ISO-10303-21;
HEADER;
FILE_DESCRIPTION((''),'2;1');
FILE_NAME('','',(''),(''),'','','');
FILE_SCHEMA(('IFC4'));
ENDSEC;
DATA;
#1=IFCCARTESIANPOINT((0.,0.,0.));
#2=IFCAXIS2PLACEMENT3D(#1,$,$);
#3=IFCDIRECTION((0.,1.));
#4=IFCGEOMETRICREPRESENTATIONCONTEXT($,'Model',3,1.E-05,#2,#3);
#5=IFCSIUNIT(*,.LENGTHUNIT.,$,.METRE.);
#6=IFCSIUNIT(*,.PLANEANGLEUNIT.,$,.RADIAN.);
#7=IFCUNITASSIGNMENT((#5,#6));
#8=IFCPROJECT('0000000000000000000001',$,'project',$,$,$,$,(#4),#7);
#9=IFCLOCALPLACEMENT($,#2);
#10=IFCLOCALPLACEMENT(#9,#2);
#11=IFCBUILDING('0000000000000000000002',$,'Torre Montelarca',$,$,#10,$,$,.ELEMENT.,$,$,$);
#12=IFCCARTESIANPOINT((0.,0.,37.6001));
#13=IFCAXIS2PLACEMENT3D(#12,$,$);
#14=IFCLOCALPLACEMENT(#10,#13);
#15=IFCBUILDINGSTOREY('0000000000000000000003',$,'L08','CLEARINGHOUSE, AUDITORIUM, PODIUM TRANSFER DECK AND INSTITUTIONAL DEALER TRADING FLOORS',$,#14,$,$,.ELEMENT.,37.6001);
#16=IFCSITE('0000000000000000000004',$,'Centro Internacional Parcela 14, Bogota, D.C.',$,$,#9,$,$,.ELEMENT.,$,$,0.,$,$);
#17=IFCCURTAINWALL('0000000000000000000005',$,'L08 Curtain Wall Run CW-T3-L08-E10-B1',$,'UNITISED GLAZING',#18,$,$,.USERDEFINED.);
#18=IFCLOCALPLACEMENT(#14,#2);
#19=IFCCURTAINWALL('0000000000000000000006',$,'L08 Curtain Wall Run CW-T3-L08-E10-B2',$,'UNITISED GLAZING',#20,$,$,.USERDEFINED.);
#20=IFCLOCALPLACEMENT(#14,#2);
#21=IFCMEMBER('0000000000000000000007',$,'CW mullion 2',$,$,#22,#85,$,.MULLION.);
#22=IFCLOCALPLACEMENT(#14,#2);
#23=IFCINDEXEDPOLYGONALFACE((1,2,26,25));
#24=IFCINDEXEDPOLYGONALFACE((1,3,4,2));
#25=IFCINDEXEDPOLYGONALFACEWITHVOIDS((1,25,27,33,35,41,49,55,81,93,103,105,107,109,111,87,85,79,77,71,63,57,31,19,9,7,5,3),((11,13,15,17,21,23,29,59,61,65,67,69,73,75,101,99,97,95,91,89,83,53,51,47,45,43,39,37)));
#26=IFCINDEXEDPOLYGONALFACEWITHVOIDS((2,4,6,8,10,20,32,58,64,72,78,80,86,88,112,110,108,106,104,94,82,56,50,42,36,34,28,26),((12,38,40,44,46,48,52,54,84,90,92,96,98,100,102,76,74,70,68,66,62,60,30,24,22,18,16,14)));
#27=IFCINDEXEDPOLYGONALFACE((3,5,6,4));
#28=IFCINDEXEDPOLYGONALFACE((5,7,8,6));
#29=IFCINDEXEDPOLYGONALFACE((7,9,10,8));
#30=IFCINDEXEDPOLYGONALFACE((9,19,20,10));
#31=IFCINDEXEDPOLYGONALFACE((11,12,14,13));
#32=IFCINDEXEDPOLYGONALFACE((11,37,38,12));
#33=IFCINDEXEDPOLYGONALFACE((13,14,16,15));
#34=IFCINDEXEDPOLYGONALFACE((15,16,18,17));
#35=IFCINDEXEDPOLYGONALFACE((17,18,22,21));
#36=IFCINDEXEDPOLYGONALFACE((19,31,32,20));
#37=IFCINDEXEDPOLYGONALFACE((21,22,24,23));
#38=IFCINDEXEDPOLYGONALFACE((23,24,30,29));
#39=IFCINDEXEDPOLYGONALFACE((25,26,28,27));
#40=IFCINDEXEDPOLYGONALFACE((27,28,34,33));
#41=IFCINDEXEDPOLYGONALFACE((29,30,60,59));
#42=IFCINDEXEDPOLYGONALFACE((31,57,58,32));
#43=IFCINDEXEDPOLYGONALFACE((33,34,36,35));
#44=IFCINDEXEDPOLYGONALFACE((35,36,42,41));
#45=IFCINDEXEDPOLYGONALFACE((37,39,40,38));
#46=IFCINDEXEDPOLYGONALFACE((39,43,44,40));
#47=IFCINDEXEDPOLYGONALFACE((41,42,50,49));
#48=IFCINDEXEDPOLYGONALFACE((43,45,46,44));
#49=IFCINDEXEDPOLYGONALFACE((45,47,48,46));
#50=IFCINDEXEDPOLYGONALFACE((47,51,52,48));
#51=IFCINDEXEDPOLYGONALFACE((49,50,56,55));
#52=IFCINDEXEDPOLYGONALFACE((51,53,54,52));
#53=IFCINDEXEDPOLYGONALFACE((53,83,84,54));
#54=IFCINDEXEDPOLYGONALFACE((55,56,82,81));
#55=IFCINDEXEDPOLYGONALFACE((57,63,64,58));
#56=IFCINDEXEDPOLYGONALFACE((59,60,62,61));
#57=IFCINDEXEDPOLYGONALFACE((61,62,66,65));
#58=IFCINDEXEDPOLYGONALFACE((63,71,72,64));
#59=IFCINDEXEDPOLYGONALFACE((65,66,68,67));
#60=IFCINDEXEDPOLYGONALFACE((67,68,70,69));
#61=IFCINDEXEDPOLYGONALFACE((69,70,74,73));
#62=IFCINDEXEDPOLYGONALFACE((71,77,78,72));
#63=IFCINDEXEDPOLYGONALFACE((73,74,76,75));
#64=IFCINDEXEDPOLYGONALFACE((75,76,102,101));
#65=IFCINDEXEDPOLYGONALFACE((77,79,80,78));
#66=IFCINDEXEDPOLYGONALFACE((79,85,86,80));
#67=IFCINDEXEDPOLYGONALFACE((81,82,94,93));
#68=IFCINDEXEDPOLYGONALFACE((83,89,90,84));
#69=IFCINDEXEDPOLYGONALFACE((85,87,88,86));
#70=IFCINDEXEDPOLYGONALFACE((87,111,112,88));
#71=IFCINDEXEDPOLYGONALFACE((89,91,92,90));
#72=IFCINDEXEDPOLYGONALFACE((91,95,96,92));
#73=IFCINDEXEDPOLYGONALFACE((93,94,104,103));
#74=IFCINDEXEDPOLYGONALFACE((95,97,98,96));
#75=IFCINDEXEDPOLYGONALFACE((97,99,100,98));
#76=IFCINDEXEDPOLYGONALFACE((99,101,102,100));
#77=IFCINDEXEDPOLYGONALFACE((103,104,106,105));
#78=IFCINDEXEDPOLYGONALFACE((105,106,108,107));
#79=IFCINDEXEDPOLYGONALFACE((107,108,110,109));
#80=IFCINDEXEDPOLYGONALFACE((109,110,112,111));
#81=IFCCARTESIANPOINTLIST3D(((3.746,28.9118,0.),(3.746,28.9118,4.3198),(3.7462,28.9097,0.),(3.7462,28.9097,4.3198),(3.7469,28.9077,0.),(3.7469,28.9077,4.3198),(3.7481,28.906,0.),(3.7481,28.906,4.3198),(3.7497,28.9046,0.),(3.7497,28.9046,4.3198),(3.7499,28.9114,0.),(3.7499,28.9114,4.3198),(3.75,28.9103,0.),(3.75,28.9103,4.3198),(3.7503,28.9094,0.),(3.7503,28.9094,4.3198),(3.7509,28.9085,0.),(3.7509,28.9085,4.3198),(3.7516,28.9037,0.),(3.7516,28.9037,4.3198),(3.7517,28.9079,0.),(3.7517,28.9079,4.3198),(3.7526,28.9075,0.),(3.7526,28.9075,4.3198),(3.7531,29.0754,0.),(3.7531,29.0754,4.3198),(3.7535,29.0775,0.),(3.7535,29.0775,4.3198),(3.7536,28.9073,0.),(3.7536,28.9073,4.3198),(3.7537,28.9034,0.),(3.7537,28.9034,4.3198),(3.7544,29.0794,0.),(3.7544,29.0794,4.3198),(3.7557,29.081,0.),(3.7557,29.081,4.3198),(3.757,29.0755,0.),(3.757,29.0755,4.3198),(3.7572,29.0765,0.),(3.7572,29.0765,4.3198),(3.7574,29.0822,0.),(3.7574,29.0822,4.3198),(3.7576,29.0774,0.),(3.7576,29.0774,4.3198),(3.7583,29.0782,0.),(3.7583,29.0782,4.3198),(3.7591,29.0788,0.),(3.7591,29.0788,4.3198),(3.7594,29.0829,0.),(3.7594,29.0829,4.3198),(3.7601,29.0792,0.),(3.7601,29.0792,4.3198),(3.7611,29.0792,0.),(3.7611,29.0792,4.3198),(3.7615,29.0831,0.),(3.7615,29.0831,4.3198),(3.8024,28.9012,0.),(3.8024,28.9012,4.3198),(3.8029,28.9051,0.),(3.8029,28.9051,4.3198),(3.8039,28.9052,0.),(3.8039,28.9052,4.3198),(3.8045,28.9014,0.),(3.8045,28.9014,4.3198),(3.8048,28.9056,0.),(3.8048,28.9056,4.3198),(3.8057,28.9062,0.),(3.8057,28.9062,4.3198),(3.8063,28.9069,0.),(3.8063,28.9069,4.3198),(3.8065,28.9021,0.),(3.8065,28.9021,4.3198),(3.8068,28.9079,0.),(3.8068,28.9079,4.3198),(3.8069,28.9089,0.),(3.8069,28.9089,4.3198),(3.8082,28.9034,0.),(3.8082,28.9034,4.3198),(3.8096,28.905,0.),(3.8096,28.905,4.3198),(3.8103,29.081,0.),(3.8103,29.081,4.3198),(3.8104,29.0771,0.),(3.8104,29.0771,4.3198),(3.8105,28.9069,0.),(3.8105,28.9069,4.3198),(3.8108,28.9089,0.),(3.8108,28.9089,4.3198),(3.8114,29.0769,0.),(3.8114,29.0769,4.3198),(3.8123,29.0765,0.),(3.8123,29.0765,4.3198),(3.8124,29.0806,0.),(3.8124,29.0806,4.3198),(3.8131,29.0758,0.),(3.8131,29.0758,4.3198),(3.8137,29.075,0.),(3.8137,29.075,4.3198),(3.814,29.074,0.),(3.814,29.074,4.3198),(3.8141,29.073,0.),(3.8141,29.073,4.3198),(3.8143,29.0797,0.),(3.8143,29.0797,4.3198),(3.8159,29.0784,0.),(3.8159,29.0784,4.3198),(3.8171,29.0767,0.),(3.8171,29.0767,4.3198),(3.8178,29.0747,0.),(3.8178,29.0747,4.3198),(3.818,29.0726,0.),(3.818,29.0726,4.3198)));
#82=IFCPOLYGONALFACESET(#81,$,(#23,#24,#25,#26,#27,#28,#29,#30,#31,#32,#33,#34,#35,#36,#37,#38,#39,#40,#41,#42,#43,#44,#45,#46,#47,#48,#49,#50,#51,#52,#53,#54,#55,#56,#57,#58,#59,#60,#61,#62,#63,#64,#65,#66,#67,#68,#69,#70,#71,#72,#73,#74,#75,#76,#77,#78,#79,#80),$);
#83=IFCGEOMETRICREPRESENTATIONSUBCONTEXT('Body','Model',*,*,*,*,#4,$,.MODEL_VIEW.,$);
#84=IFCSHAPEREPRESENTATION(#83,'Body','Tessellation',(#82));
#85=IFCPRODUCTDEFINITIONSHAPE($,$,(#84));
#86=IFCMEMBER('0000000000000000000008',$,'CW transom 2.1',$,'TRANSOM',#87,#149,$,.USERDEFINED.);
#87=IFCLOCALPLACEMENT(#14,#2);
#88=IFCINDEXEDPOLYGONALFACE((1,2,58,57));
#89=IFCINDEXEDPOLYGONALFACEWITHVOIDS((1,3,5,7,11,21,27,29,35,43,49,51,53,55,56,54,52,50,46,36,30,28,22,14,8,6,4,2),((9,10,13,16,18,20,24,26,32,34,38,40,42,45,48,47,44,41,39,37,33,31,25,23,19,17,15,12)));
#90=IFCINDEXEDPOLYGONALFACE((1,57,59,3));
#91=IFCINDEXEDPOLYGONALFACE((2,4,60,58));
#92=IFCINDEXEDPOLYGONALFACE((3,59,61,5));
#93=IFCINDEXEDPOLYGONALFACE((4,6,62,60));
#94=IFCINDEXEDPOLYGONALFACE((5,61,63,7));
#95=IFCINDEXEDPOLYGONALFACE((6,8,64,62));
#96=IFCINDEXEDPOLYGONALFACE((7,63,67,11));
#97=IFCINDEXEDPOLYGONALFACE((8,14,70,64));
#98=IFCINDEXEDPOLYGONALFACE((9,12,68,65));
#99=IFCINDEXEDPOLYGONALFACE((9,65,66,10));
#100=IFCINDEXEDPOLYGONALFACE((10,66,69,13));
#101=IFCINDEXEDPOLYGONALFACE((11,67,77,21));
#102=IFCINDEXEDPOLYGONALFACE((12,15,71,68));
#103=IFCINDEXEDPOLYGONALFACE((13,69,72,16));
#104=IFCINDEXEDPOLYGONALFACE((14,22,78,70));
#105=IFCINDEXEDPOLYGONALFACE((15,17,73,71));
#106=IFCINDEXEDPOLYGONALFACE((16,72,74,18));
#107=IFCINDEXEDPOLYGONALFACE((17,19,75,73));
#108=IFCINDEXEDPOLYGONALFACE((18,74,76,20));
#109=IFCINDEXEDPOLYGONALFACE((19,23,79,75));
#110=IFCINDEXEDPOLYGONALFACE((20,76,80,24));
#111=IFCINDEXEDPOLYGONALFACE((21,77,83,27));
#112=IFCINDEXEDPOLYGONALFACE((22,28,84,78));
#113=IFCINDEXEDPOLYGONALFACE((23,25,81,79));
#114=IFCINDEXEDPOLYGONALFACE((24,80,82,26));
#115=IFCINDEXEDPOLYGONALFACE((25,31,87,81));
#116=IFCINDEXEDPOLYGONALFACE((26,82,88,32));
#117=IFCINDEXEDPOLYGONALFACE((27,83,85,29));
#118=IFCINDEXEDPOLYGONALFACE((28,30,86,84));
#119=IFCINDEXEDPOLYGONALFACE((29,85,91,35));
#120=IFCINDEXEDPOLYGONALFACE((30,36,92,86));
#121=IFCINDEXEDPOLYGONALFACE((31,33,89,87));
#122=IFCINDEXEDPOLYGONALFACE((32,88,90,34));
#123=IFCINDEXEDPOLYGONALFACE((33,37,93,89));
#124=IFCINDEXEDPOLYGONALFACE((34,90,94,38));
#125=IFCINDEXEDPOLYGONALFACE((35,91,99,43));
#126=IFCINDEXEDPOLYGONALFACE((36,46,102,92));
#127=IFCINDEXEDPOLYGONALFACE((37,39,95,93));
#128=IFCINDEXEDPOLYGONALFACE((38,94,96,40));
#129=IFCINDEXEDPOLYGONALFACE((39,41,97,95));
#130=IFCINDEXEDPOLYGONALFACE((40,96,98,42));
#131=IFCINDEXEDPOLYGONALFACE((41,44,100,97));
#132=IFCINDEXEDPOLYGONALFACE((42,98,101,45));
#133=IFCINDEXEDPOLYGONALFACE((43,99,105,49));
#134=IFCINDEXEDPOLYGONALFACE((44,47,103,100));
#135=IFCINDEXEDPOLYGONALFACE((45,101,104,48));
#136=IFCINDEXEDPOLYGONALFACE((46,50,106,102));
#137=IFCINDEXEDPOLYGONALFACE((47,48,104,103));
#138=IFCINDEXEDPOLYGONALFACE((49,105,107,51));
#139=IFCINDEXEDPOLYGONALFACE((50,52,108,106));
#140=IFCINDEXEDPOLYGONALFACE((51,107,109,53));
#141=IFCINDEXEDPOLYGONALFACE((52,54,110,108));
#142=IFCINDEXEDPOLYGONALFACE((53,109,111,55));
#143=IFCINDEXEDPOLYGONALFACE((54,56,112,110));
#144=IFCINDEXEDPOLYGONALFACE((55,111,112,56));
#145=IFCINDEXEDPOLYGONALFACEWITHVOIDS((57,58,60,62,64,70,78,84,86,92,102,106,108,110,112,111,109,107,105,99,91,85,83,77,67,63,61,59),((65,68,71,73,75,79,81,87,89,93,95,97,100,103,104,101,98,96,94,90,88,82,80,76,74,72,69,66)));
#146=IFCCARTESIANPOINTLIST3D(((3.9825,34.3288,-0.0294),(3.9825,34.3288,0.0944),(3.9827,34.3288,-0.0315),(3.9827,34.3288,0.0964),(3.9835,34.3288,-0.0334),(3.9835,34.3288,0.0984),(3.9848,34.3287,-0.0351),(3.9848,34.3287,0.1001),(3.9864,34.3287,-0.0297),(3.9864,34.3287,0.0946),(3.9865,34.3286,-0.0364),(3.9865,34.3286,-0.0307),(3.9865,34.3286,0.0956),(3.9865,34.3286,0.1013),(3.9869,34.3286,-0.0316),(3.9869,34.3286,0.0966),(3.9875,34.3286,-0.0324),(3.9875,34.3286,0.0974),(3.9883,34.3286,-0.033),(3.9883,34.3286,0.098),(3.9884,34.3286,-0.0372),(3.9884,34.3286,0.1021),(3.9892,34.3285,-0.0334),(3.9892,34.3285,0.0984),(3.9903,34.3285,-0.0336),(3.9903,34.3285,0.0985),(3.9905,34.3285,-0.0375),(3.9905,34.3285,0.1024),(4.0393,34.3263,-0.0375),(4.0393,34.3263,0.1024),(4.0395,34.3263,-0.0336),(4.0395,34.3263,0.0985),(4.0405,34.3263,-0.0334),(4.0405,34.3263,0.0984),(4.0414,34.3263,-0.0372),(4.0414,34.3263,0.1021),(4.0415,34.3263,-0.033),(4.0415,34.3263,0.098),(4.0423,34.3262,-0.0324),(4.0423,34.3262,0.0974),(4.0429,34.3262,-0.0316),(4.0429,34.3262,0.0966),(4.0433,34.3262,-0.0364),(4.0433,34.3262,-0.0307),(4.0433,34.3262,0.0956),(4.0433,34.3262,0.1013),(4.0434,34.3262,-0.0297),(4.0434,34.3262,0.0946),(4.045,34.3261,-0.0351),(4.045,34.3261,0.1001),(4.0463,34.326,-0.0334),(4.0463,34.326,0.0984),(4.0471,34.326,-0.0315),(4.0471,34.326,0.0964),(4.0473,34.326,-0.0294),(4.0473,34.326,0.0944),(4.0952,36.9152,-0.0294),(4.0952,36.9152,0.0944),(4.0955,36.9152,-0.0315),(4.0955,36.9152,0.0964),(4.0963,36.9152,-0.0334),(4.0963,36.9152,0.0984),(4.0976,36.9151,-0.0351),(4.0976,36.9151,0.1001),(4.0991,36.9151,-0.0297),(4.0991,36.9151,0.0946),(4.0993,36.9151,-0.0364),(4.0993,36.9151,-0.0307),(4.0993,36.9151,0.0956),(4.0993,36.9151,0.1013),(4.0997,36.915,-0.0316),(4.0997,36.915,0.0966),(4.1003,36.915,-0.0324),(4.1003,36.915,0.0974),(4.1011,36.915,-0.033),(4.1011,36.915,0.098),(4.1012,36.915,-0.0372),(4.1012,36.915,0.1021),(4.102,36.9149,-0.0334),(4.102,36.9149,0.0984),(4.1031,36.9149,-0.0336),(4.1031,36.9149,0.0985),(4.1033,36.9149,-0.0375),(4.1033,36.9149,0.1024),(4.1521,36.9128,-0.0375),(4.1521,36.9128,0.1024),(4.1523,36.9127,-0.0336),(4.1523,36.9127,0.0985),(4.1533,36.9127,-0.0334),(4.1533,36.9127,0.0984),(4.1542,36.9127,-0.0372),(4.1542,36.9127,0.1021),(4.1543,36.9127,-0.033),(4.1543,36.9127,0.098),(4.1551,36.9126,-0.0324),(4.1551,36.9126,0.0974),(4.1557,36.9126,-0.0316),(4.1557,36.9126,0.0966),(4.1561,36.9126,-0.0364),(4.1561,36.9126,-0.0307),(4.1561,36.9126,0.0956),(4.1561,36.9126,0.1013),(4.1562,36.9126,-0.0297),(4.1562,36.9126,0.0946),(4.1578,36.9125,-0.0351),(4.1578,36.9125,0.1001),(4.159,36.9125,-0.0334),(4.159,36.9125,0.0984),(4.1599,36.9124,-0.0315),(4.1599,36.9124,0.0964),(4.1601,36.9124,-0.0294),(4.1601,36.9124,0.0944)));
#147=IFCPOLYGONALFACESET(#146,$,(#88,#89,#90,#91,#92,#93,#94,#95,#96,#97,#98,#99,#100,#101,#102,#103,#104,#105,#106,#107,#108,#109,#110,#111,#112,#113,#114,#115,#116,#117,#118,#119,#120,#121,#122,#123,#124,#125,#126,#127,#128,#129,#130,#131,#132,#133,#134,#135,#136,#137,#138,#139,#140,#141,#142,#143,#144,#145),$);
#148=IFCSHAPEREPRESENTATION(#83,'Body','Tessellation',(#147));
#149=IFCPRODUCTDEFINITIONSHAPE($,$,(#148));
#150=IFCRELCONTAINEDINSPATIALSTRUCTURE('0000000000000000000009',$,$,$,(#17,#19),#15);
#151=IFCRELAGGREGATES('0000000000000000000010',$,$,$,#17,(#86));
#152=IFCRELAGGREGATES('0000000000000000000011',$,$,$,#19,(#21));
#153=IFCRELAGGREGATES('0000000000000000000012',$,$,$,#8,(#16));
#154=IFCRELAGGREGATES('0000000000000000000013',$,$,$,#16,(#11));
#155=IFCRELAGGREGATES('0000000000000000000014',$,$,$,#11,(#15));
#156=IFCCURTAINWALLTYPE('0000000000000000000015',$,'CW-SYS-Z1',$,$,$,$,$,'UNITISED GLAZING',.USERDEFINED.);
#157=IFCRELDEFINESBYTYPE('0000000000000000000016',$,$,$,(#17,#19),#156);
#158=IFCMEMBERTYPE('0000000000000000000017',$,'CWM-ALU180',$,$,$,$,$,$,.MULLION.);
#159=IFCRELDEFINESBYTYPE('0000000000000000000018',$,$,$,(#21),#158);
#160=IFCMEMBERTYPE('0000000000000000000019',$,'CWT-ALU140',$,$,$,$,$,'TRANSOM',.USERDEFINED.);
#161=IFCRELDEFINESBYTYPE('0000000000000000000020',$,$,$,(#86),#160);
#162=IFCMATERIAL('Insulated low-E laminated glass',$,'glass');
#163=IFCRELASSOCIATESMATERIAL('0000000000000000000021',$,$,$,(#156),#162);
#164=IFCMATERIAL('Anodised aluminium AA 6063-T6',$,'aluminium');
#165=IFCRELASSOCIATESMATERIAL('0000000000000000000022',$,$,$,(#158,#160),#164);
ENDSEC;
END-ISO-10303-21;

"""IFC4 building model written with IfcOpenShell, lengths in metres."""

from ifc_helpers import new_model, si_unit, direction, frame, origin, origin_2d, place, context, subcontext, project, spatial, hollow_rectangle, extrude, source, transform, mapped, material, material_profile, profile_set, type_object, element, aggregate, save


model = new_model("IFC4")

# Units and contexts
model_context = context("Model", 3, precision=1e-05, world=origin(), true_north=direction((0.0, 1.0)))
body_context = subcontext(model_context, "Body", "Model", "MODEL_VIEW")
ifc_project = project(units=[si_unit("LENGTHUNIT", "METRE"), si_unit("PLANEANGLEUNIT", "RADIAN")], contexts=[model_context])

# Site, building, storey
site_placement = place(None, origin())
site = spatial("IfcSite", under=ifc_project, at=site_placement, Name="Centro Internacional Parcela 14, Bogota, D.C.", CompositionType="ELEMENT", RefElevation=0.0)
building_placement = place(site_placement, origin())
building = spatial("IfcBuilding", under=site, at=building_placement, Name="Torre Montelarca", CompositionType="ELEMENT")
storey_placement = place(building_placement, frame((0.0, 0.0, 37.6001)))
storey = spatial("IfcBuildingStorey", under=building, at=storey_placement, Name="L08", Description="CLEARINGHOUSE, AUDITORIUM, PODIUM TRANSFER DECK AND INSTITUTIONAL DEALER TRADING FLOORS", CompositionType="ELEMENT", Elevation=37.6001)

# Curtain wall
ifc_material_1 = material(Name="Insulated low-E laminated glass", Category="glass")
curtain_wall_type = type_object("IfcCurtainWallType", Name="CW-SYS-Z1", ElementType="UNITISED GLAZING", PredefinedType="USERDEFINED", material=ifc_material_1)
curtain_wall_1_placement = place(storey_placement, origin())
curtain_wall_1 = element("IfcCurtainWall", 1, at=curtain_wall_1_placement, inside=storey, type_object=curtain_wall_type, Name="L08 Curtain Wall Run CW-T3-L08-E10-B1", ObjectType="UNITISED GLAZING", PredefinedType="USERDEFINED")
ifc_material_2 = material(Name="Anodised aluminium AA 6063-T6", Category="aluminium")
ifc_material_profile_1 = material_profile(ifc_material_2, hollow_rectangle(XDim=0.0649, YDim=0.1799, WallThickness=0.0039, InnerFilletRadius=0.0039, OuterFilletRadius=0.0081, at=origin_2d()), Name="ALU65X180X4", Category="aluminium")
ifc_profile_set_1 = profile_set([ifc_material_profile_1], Name="Anodised aluminium AA 6063-T6")
member_type_1 = type_object("IfcMemberType", Name="CWM-ALU180", PredefinedType="MULLION", material=ifc_profile_set_1)
shared_shape_1 = source(origin(), body_context, "Body", "SweptSolid", [
    extrude(hollow_rectangle(XDim=0.0649, YDim=0.1799, WallThickness=0.0039, InnerFilletRadius=0.0039, OuterFilletRadius=0.0081, at=origin_2d()), origin(), (0.0, 0.0, 1.0), 4.3198),
])

# Curtain wall, member
curtain_wall_2_placement = place(storey_placement, origin())
curtain_wall_2 = element("IfcCurtainWall", 2, at=curtain_wall_2_placement, inside=storey, type_object=curtain_wall_type, Name="L08 Curtain Wall Run CW-T3-L08-E10-B2", ObjectType="UNITISED GLAZING", PredefinedType="USERDEFINED")
member_1_placement = place(storey_placement, frame((3.782, 28.9922, 0.0), z_axis=(0.0, 0.0, 1.0), x_axis=(0.999048, -0.043622, 0.0)))
member_1 = element("IfcMember", 3, at=member_1_placement, type_object=member_type_1, Name="CW mullion 2", PredefinedType="MULLION", context=body_context, shape_type="MappedRepresentation", body=[
    mapped(shared_shape_1, transform((0.0, 0.0, 0.0), scale=1.0)),
])

# Member
ifc_material_profile_2 = material_profile(ifc_material_2, hollow_rectangle(XDim=0.0649, YDim=0.1399, WallThickness=0.0039, InnerFilletRadius=0.0039, OuterFilletRadius=0.0081, at=origin_2d()), Name="ALU65X140X4", Category="aluminium")
ifc_profile_set_2 = profile_set([ifc_material_profile_2], Name="Anodised aluminium AA 6063-T6")
member_type_2 = type_object("IfcMemberType", Name="CWT-ALU140", ElementType="TRANSOM", PredefinedType="USERDEFINED", material=ifc_profile_set_2)
shared_shape_2 = source(origin(), body_context, "Body", "SweptSolid", [
    extrude(hollow_rectangle(XDim=0.0649, YDim=0.1399, WallThickness=0.0039, InnerFilletRadius=0.0039, OuterFilletRadius=0.0081, at=origin_2d()), origin(), (0.0, 0.0, 1.0), 2.5889),
])
member_2_placement = place(storey_placement, frame((4.1277, 36.9138, 0.0325), z_axis=(-0.043568, -0.99905, 0.0), x_axis=(0.99905, -0.043568, 0.0)))
member_2 = element("IfcMember", 4, at=member_2_placement, type_object=member_type_2, Name="CW transom 2.1", ObjectType="TRANSOM", PredefinedType="USERDEFINED", context=body_context, shape_type="MappedRepresentation", body=[
    mapped(shared_shape_2, transform((0.0, 0.0, 0.0), scale=1.0)),
])

aggregate(curtain_wall_1, [member_2])
aggregate(curtain_wall_2, [member_1])

save(model, "model.ifc")
